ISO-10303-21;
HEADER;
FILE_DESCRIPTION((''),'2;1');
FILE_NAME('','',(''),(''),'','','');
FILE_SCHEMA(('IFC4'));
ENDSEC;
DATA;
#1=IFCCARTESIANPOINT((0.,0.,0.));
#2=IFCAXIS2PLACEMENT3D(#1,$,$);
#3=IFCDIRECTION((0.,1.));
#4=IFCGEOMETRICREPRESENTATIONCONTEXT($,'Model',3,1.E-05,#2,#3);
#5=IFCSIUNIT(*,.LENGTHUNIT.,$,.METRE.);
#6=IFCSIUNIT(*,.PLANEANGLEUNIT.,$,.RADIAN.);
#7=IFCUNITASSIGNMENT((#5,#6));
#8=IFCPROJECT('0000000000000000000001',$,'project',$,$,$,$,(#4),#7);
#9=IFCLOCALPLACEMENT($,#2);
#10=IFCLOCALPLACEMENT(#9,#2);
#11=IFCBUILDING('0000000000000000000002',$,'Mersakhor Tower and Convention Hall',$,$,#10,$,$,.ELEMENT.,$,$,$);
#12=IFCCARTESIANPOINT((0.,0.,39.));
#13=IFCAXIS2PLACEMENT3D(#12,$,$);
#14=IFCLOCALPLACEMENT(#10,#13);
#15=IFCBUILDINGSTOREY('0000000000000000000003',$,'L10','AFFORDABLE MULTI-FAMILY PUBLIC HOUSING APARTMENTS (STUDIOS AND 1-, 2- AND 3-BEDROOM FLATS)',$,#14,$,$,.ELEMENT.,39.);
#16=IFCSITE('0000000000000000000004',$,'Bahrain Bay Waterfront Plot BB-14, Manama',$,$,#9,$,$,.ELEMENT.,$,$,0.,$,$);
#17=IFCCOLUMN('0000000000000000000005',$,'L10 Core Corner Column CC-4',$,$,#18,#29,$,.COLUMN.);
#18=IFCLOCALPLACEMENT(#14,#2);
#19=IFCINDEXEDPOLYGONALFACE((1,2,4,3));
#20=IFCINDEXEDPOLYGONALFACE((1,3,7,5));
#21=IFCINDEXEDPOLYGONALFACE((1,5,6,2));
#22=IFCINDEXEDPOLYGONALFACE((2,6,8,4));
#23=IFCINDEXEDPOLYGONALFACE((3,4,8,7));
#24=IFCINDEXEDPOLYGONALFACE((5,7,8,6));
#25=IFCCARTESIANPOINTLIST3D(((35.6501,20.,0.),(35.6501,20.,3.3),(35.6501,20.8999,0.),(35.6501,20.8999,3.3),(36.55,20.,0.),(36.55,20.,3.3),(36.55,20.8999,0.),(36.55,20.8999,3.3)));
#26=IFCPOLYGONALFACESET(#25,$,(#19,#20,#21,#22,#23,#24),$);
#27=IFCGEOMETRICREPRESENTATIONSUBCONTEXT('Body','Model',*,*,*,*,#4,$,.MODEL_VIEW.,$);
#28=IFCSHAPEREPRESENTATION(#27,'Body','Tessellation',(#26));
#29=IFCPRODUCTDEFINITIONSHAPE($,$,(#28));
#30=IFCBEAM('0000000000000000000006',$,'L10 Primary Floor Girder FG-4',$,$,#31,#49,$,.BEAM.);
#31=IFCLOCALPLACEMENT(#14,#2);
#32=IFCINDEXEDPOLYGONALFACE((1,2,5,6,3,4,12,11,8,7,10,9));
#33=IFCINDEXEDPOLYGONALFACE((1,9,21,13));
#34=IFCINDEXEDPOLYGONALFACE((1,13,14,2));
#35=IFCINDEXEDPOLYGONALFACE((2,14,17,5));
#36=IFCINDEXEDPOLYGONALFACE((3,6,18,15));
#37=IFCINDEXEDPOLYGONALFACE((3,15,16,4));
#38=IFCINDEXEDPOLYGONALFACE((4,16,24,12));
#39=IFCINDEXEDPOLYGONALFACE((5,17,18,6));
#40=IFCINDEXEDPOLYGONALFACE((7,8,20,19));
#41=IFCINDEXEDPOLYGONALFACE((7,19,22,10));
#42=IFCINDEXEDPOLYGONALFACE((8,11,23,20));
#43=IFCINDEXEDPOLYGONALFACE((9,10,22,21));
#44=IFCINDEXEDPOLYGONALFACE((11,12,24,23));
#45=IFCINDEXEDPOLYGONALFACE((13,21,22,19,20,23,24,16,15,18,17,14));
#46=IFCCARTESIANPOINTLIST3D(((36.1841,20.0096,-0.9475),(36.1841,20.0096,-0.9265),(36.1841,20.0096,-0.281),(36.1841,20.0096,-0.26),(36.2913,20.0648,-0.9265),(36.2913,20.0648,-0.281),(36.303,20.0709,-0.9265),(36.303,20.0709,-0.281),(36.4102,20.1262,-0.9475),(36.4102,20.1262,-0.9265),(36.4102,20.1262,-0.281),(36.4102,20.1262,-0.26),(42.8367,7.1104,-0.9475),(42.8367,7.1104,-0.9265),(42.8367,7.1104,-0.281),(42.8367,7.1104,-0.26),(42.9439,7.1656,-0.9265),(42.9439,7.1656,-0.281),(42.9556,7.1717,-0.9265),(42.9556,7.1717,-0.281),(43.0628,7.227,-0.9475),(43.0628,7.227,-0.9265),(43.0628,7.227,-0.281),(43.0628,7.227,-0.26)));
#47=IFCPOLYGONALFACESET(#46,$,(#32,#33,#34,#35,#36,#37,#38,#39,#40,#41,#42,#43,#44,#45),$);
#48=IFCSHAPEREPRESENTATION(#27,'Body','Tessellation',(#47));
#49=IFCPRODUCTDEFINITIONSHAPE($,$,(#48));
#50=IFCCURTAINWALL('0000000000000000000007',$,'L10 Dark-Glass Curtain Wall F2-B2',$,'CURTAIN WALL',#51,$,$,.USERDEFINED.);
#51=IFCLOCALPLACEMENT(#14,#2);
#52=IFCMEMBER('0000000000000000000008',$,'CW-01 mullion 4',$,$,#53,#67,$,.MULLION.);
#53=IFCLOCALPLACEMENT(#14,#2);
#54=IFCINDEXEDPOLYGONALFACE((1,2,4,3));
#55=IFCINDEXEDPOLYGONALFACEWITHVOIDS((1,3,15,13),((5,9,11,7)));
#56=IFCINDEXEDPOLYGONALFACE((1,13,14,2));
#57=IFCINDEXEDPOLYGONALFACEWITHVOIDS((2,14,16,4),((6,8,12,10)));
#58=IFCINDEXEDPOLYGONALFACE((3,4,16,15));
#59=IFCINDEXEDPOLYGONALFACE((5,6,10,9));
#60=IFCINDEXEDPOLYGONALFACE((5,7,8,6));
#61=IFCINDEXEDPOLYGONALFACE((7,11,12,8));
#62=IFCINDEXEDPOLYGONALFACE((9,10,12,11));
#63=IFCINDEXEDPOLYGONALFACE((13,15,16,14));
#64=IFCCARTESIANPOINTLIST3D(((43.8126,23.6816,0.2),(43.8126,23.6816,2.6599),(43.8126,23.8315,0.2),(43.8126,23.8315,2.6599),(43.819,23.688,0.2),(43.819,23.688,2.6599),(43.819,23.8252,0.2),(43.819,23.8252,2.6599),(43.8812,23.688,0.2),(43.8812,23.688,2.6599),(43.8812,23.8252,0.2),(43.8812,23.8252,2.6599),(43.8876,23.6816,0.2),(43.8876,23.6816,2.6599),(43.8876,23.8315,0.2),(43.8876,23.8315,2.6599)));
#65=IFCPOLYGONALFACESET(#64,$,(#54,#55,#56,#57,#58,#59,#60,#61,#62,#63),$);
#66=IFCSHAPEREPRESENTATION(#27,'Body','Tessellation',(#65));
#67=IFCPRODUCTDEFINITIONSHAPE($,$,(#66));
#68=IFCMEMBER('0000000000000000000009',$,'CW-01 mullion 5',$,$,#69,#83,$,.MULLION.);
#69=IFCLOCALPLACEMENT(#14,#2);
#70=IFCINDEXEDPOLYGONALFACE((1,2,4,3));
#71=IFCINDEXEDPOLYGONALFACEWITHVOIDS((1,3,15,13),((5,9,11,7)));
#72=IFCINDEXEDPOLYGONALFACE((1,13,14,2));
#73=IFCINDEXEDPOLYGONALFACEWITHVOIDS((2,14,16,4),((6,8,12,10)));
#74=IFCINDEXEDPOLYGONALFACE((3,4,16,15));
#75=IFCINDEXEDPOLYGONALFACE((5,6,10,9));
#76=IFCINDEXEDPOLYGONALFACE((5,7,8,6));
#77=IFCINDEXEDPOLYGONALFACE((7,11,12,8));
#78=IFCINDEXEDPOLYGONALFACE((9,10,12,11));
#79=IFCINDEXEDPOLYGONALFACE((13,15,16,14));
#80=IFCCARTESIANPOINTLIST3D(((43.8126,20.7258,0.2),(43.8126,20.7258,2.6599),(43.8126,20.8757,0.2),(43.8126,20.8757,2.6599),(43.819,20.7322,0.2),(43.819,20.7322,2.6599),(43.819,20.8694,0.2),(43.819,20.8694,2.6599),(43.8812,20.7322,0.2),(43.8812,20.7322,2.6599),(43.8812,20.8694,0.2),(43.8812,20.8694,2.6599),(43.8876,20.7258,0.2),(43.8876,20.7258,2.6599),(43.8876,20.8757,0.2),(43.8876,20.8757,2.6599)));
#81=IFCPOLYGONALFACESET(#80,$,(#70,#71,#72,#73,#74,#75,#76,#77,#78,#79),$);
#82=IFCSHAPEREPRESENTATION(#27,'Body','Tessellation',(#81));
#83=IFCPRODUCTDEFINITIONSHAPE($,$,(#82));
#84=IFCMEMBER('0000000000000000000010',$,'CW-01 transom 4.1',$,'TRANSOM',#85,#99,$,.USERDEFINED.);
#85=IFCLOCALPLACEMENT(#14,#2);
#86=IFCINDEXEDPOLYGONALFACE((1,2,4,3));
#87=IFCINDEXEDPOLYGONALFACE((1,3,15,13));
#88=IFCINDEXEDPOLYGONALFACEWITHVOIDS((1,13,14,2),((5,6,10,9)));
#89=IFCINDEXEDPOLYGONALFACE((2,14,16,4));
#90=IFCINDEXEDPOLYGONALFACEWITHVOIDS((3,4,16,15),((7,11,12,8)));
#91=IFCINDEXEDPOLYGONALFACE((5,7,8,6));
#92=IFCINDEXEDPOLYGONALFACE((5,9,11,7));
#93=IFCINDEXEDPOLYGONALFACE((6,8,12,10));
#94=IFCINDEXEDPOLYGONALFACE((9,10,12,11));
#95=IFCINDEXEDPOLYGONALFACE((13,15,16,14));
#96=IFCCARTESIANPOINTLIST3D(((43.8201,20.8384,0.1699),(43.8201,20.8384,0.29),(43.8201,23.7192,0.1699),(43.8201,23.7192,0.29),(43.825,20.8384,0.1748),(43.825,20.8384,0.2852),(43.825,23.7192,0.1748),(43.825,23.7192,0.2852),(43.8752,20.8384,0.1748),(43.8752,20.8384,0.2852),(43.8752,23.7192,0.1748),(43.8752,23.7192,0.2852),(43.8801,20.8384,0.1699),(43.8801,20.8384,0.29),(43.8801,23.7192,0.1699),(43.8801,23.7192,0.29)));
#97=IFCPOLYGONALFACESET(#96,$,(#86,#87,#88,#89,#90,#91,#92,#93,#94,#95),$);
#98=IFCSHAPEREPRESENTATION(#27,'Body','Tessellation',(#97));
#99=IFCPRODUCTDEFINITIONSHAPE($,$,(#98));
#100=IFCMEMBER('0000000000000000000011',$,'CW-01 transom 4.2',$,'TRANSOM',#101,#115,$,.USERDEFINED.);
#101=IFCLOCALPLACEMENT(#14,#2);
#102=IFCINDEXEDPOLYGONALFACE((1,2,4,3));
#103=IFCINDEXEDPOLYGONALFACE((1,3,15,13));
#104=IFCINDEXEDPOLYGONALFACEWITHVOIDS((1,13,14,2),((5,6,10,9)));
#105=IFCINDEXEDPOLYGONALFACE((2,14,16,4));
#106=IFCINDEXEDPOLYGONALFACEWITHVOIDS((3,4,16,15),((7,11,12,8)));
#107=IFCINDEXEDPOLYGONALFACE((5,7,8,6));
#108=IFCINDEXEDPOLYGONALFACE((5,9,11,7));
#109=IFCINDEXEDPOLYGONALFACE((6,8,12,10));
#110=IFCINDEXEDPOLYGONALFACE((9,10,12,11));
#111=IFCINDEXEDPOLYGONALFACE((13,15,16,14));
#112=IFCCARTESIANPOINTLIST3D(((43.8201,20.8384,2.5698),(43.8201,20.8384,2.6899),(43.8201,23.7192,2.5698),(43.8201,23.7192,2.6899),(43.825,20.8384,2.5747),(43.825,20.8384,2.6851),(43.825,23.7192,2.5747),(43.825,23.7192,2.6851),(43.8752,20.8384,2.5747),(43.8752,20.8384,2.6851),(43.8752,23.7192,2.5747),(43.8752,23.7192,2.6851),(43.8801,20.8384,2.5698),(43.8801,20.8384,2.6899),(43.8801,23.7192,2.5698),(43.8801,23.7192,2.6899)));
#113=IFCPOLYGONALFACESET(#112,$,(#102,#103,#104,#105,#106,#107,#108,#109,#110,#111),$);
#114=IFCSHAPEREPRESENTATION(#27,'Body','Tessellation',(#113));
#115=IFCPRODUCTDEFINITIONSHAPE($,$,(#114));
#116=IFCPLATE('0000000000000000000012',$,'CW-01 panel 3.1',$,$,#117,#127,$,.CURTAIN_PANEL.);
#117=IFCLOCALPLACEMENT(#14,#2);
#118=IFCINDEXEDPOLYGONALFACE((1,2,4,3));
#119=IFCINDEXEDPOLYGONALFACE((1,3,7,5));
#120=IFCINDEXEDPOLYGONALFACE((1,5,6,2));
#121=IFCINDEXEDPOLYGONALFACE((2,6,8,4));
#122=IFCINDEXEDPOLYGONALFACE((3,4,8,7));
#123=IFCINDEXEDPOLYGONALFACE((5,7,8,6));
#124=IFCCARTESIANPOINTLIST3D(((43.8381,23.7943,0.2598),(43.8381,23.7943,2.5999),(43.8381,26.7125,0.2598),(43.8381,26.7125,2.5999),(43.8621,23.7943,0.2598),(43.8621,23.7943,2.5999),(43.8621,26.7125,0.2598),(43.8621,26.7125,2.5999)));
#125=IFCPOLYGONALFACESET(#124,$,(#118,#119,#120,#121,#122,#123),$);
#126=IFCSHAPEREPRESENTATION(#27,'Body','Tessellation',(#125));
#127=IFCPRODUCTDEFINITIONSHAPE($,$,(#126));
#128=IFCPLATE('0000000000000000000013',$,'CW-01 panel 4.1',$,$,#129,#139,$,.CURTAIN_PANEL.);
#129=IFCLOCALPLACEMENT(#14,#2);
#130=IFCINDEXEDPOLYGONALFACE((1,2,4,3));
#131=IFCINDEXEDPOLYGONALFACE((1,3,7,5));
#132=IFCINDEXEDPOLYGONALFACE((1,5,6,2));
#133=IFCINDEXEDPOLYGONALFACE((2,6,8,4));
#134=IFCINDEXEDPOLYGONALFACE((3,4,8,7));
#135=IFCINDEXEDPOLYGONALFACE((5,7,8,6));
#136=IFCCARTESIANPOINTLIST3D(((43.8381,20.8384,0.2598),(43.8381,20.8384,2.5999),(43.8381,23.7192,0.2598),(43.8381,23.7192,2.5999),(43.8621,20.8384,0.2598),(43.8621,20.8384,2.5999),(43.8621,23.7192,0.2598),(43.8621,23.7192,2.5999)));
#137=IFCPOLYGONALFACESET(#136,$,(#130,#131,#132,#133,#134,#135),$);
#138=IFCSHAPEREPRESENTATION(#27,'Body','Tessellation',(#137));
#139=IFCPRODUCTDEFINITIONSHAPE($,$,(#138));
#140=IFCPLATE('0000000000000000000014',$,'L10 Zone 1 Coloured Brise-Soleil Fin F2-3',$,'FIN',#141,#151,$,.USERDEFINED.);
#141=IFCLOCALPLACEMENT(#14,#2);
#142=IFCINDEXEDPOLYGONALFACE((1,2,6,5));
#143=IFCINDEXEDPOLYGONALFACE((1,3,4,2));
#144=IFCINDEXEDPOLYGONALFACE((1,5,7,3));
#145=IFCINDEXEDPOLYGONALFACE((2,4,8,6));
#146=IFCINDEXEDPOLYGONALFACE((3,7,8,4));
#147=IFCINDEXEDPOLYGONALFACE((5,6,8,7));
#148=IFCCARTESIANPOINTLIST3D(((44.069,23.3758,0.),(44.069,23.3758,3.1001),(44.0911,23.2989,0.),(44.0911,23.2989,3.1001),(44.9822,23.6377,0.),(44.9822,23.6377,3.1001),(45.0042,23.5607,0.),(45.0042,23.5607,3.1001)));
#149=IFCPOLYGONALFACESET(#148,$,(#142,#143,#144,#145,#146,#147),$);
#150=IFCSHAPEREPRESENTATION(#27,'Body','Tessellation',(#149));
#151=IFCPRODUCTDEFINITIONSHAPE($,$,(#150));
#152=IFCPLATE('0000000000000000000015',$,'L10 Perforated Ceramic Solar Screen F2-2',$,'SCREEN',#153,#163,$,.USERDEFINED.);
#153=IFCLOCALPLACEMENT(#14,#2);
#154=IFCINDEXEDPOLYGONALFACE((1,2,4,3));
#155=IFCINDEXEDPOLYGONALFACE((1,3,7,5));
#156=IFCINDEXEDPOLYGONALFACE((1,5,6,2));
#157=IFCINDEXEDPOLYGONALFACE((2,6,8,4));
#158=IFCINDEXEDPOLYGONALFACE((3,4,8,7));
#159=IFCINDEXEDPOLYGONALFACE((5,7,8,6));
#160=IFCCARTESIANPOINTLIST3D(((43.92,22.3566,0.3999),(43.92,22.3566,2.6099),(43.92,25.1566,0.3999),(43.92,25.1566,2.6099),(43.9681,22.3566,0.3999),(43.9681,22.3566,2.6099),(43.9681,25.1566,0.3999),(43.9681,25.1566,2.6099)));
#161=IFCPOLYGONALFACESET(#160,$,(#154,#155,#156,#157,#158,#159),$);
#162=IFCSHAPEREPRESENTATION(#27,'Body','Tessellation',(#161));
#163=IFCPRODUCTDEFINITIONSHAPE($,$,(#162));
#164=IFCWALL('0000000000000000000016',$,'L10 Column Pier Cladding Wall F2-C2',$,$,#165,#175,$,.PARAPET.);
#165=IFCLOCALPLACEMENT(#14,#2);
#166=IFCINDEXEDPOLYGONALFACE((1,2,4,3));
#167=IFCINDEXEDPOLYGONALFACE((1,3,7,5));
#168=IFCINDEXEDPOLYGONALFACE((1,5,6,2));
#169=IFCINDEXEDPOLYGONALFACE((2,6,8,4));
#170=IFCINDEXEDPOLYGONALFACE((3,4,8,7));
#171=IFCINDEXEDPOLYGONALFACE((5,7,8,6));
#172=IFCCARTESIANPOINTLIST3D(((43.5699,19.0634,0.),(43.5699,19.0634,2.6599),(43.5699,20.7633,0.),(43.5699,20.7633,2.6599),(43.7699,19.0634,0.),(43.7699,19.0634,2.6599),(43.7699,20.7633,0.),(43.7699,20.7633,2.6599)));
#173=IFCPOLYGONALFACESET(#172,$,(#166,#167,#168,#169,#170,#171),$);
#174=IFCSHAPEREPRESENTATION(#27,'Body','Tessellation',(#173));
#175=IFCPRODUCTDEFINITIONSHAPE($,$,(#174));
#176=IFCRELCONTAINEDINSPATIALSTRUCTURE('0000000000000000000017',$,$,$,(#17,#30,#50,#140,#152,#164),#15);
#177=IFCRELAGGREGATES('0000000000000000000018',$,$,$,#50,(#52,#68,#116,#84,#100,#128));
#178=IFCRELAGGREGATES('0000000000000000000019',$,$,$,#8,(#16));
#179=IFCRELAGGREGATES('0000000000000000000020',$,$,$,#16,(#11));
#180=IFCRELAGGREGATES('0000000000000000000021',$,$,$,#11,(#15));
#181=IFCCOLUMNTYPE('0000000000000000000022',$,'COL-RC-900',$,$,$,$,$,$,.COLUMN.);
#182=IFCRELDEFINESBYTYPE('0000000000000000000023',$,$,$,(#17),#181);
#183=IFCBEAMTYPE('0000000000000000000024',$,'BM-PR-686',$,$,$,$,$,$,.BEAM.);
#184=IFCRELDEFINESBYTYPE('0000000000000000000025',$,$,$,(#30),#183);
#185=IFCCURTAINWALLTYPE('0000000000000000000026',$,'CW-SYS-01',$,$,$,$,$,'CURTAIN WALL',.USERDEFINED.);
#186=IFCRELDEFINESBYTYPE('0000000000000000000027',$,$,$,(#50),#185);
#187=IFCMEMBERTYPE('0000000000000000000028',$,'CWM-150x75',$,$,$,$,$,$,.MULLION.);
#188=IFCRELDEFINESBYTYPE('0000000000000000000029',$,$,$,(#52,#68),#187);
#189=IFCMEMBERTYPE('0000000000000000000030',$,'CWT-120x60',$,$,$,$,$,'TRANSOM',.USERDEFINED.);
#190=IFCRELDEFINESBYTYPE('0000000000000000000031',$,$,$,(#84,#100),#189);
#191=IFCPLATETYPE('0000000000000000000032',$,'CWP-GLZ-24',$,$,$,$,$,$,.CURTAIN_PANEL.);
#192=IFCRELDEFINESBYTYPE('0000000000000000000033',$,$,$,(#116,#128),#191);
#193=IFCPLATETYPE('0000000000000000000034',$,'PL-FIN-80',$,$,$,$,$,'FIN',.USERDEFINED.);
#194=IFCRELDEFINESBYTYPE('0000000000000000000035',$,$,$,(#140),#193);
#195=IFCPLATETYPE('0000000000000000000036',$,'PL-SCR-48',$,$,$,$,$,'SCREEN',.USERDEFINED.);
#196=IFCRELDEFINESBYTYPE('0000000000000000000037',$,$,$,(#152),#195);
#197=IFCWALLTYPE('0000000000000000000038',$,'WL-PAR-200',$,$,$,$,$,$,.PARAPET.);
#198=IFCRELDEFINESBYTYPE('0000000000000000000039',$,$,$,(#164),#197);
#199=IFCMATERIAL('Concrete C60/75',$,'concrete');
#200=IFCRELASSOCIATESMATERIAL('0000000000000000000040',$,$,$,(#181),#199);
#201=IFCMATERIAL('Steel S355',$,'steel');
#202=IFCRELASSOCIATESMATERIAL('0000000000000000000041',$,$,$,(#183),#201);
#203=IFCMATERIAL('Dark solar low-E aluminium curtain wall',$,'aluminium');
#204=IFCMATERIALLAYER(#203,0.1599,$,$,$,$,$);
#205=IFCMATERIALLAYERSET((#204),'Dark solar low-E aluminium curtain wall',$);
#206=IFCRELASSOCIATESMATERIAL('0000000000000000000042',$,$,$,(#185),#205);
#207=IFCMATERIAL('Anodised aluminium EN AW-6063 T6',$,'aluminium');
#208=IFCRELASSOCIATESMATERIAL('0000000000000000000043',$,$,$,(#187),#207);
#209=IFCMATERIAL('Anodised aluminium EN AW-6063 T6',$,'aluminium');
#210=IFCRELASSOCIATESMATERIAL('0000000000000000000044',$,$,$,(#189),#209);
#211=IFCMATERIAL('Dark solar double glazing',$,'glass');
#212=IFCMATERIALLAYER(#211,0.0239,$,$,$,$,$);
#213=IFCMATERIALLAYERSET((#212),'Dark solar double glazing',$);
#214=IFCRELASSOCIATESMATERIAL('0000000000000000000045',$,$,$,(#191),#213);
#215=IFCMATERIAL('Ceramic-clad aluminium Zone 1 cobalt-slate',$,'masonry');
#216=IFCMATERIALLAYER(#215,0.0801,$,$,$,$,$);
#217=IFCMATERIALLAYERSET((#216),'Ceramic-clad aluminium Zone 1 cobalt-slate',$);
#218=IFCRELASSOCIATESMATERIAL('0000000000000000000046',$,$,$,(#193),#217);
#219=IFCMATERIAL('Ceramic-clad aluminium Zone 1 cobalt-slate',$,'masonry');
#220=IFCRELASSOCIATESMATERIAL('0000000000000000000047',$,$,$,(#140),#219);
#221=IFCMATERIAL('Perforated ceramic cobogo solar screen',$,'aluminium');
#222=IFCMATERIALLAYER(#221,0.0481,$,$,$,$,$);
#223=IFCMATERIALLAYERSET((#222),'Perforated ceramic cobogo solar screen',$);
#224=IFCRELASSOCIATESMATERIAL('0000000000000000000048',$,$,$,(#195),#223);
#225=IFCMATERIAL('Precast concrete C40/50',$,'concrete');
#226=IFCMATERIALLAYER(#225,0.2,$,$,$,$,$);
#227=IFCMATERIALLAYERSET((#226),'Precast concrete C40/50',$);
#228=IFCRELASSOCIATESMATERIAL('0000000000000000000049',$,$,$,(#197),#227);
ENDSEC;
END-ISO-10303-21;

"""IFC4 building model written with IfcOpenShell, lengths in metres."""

from ifc_helpers import new_model, si_unit, direction, frame, frame_2d, origin, origin_2d, place, context, subcontext, project, spatial, rectangle, hollow_rectangle, i_section, extrude, material, layer, layer_set, material_profile, profile_set, type_object, element, aggregate, save


model = new_model("IFC4")

# Units and contexts
model_context = context("Model", 3, precision=1e-05, world=origin(), true_north=direction((0.0, 1.0)))
body_context = subcontext(model_context, "Body", "Model", "MODEL_VIEW")
ifc_project = project(units=[si_unit("LENGTHUNIT", "METRE"), si_unit("PLANEANGLEUNIT", "RADIAN")], contexts=[model_context])

# Site, building, storey
site_placement = place(None, origin())
site = spatial("IfcSite", under=ifc_project, at=site_placement, Name="Bahrain Bay Waterfront Plot BB-14, Manama", CompositionType="ELEMENT", RefElevation=0.0)
building_placement = place(site_placement, origin())
building = spatial("IfcBuilding", under=site, at=building_placement, Name="Mersakhor Tower and Convention Hall", CompositionType="ELEMENT")
storey_placement = place(building_placement, frame((0.0, 0.0, 39.0)))
storey = spatial("IfcBuildingStorey", under=building, at=storey_placement, Name="L10", Description="AFFORDABLE MULTI-FAMILY PUBLIC HOUSING APARTMENTS (STUDIOS AND 1-, 2- AND 3-BEDROOM FLATS)", CompositionType="ELEMENT", Elevation=39.0)

# Column
ifc_material_1 = material(Name="Concrete C60/75", Category="concrete")
ifc_material_profile_1 = material_profile(ifc_material_1, rectangle(XDim=0.8999, YDim=0.8999, at=origin_2d()), Name="RC 900x900")
ifc_profile_set_1 = profile_set([ifc_material_profile_1], Name="Concrete C60/75")
column_type = type_object("IfcColumnType", Name="COL-RC-900", PredefinedType="COLUMN", material=ifc_profile_set_1)
column_placement = place(storey_placement, frame((36.1001, 20.45, 0.0), z_axis=(0.0, 0.0, 1.0), x_axis=(1.0, 0.0, 0.0)))
element("IfcColumn", 1, at=column_placement, inside=storey, type_object=column_type, Name="L10 Core Corner Column CC-4", PredefinedType="COLUMN", context=body_context, shape_type="SweptSolid", body=[
    extrude(rectangle(XDim=0.8999, YDim=0.8999, at=origin_2d()), origin(), (0.0, 0.0, 1.0), 3.3),
])

# Beam
ifc_material_2 = material(Name="Steel S355", Category="steel")
ifc_material_profile_2 = material_profile(ifc_material_2, i_section(OverallWidth=0.2544, OverallDepth=0.6875, WebThickness=0.0132, FlangeThickness=0.021, at=origin_2d()), Name="UB 686x254x152")
ifc_profile_set_2 = profile_set([ifc_material_profile_2], Name="Steel S355")
beam_type = type_object("IfcBeamType", Name="BM-PR-686", PredefinedType="BEAM", material=ifc_profile_set_2)
beam_placement = place(storey_placement, frame((36.2971, 20.0679, -0.6038), z_axis=(0.458368, -0.888762, 0.0), x_axis=(0.888762, 0.458368, 0.0)))
element("IfcBeam", 2, at=beam_placement, inside=storey, type_object=beam_type, Name="L10 Primary Floor Girder FG-4", PredefinedType="BEAM", context=body_context, shape_type="SweptSolid", body=[
    extrude(i_section(OverallWidth=0.2544, OverallDepth=0.6875, WebThickness=0.0132, FlangeThickness=0.021, at=origin_2d()), origin(), (0.0, 0.0, 1.0), 14.5137),
])

# Curtain wall, members, plates
ifc_material_3 = material(Name="Dark solar low-E aluminium curtain wall", Category="aluminium")
ifc_layer_1 = layer(ifc_material_3, 0.1599)
ifc_layer_set_1 = layer_set([ifc_layer_1], Name="Dark solar low-E aluminium curtain wall")
curtain_wall_type = type_object("IfcCurtainWallType", Name="CW-SYS-01", ElementType="CURTAIN WALL", PredefinedType="USERDEFINED", material=ifc_layer_set_1)
curtain_wall_placement = place(storey_placement, origin())
curtain_wall = element("IfcCurtainWall", 3, at=curtain_wall_placement, inside=storey, type_object=curtain_wall_type, Name="L10 Dark-Glass Curtain Wall F2-B2", ObjectType="CURTAIN WALL", PredefinedType="USERDEFINED")
ifc_material_4 = material(Name="Anodised aluminium EN AW-6063 T6", Category="aluminium")
ifc_material_profile_3 = material_profile(ifc_material_4, hollow_rectangle(XDim=0.075, YDim=0.1499, WallThickness=0.0063, at=origin_2d()), Name="RHS 150x75x6.3")
ifc_profile_set_3 = profile_set([ifc_material_profile_3], Name="Anodised aluminium EN AW-6063 T6")
member_type_1 = type_object("IfcMemberType", Name="CWM-150x75", PredefinedType="MULLION", material=ifc_profile_set_3)
member_1_placement = place(storey_placement, frame((43.8501, 23.7566, 0.2), z_axis=(0.0, 0.0, 1.0), x_axis=(1.0, 0.0, 0.0)))
member_1 = element("IfcMember", 4, at=member_1_placement, type_object=member_type_1, Name="CW-01 mullion 4", PredefinedType="MULLION", context=body_context, shape_type="SweptSolid", body=[
    extrude(hollow_rectangle(XDim=0.075, YDim=0.1499, WallThickness=0.0063, at=origin_2d()), origin(), (0.0, 0.0, 1.0), 2.46),
])
member_2_placement = place(storey_placement, frame((43.8501, 20.8008, 0.2), z_axis=(0.0, 0.0, 1.0), x_axis=(1.0, 0.0, 0.0)))
member_2 = element("IfcMember", 5, at=member_2_placement, type_object=member_type_1, Name="CW-01 mullion 5", PredefinedType="MULLION", context=body_context, shape_type="SweptSolid", body=[
    extrude(hollow_rectangle(XDim=0.075, YDim=0.1499, WallThickness=0.0063, at=origin_2d()), origin(), (0.0, 0.0, 1.0), 2.46),
])
ifc_material_5 = material(Name="Anodised aluminium EN AW-6063 T6", Category="aluminium")
ifc_material_profile_4 = material_profile(ifc_material_5, hollow_rectangle(XDim=0.0601, YDim=0.1201, WallThickness=0.0049, at=origin_2d()), Name="RHS 120x60x5")
ifc_profile_set_4 = profile_set([ifc_material_profile_4], Name="Anodised aluminium EN AW-6063 T6")
member_type_2 = type_object("IfcMemberType", Name="CWT-120x60", ElementType="TRANSOM", PredefinedType="USERDEFINED", material=ifc_profile_set_4)
member_3_placement = place(storey_placement, frame((43.8501, 23.7192, 0.23), z_axis=(0.0, -1.0, 0.0), x_axis=(1.0, 0.0, 0.0)))
member_3 = element("IfcMember", 6, at=member_3_placement, type_object=member_type_2, Name="CW-01 transom 4.1", ObjectType="TRANSOM", PredefinedType="USERDEFINED", context=body_context, shape_type="SweptSolid", body=[
    extrude(hollow_rectangle(XDim=0.0601, YDim=0.1201, WallThickness=0.0049, at=origin_2d()), origin(), (0.0, 0.0, 1.0), 2.8809),
])
member_4_placement = place(storey_placement, frame((43.8501, 23.7192, 2.6299), z_axis=(0.0, -1.0, 0.0), x_axis=(1.0, 0.0, 0.0)))
member_4 = element("IfcMember", 7, at=member_4_placement, type_object=member_type_2, Name="CW-01 transom 4.2", ObjectType="TRANSOM", PredefinedType="USERDEFINED", context=body_context, shape_type="SweptSolid", body=[
    extrude(hollow_rectangle(XDim=0.0601, YDim=0.1201, WallThickness=0.0049, at=origin_2d()), origin(), (0.0, 0.0, 1.0), 2.8809),
])
ifc_material_6 = material(Name="Dark solar double glazing", Category="glass")
ifc_layer_2 = layer(ifc_material_6, 0.0239)
ifc_layer_set_2 = layer_set([ifc_layer_2], Name="Dark solar double glazing")
plate_type_1 = type_object("IfcPlateType", Name="CWP-GLZ-24", PredefinedType="CURTAIN_PANEL", material=ifc_layer_set_2)
plate_1_placement = place(storey_placement, frame((43.8501, 25.2534, 0.2598), z_axis=(0.0, 0.0, 1.0), x_axis=(0.0, -1.0, 0.0)))
plate_1 = element("IfcPlate", 8, at=plate_1_placement, type_object=plate_type_1, Name="CW-01 panel 3.1", PredefinedType="CURTAIN_PANEL", context=body_context, shape_type="SweptSolid", body=[
    extrude(rectangle(XDim=2.9182, YDim=0.0239, at=origin_2d()), origin(), (0.0, 0.0, 1.0), 2.3401),
])
plate_2_placement = place(storey_placement, frame((43.8501, 22.2788, 0.2598), z_axis=(0.0, 0.0, 1.0), x_axis=(0.0, -1.0, 0.0)))
plate_2 = element("IfcPlate", 9, at=plate_2_placement, type_object=plate_type_1, Name="CW-01 panel 4.1", PredefinedType="CURTAIN_PANEL", context=body_context, shape_type="SweptSolid", body=[
    extrude(rectangle(XDim=2.8809, YDim=0.0239, at=origin_2d()), origin(), (0.0, 0.0, 1.0), 2.3401),
])
aggregate(curtain_wall, [member_1, member_2, plate_1, member_3, member_4, plate_2])

# Plates
ifc_material_7 = material(Name="Ceramic-clad aluminium Zone 1 cobalt-slate", Category="masonry")
ifc_material_8 = material(Name="Ceramic-clad aluminium Zone 1 cobalt-slate", Category="masonry")
ifc_layer_3 = layer(ifc_material_8, 0.0801)
ifc_layer_set_3 = layer_set([ifc_layer_3], Name="Ceramic-clad aluminium Zone 1 cobalt-slate")
plate_type_2 = type_object("IfcPlateType", Name="PL-FIN-80", ElementType="FIN", PredefinedType="USERDEFINED", material=ifc_layer_set_3)
plate_3_placement = place(storey_placement, frame((44.5366, 23.4683, 0.0), z_axis=(0.0, 0.0, 1.0), x_axis=(0.961262, 0.275637, 0.0)))
element("IfcPlate", 10, at=plate_3_placement, inside=storey, type_object=plate_type_2, material=ifc_material_7, Name="L10 Zone 1 Coloured Brise-Soleil Fin F2-3", ObjectType="FIN", PredefinedType="USERDEFINED", context=body_context, shape_type="SweptSolid", body=[
    extrude(rectangle(XDim=0.95, YDim=0.0801, at=origin_2d()), origin(), (0.0, 0.0, 1.0), 3.1001),
])
ifc_material_9 = material(Name="Perforated ceramic cobogo solar screen", Category="aluminium")
ifc_layer_4 = layer(ifc_material_9, 0.0481)
ifc_layer_set_4 = layer_set([ifc_layer_4], Name="Perforated ceramic cobogo solar screen")
plate_type_3 = type_object("IfcPlateType", Name="PL-SCR-48", ElementType="SCREEN", PredefinedType="USERDEFINED", material=ifc_layer_set_4)
plate_4_placement = place(storey_placement, frame((43.9441, 23.7566, 0.3999), z_axis=(0.0, 0.0, 1.0), x_axis=(0.0, -1.0, 0.0)))
element("IfcPlate", 11, at=plate_4_placement, inside=storey, type_object=plate_type_3, Name="L10 Perforated Ceramic Solar Screen F2-2", ObjectType="SCREEN", PredefinedType="USERDEFINED", context=body_context, shape_type="SweptSolid", body=[
    extrude(rectangle(XDim=2.8, YDim=0.0481, at=origin_2d()), origin(), (0.0, 0.0, 1.0), 2.21),
])

# Wall
ifc_material_10 = material(Name="Precast concrete C40/50", Category="concrete")
ifc_layer_5 = layer(ifc_material_10, 0.2)
ifc_layer_set_5 = layer_set([ifc_layer_5], Name="Precast concrete C40/50")
wall_type_1 = type_object("IfcWallType", Name="WL-PAR-200", PredefinedType="PARAPET", material=ifc_layer_set_5)
wall_1_placement = place(storey_placement, frame((43.6699, 20.7634, 0.0), z_axis=(0.0, 0.0, 1.0), x_axis=(0.0, -1.0, 0.0)))
element("IfcWall", 12, at=wall_1_placement, inside=storey, type_object=wall_type_1, Name="L10 Column Pier Cladding Wall F2-C2", PredefinedType="PARAPET", context=body_context, shape_type="SweptSolid", body=[
    extrude(rectangle(XDim=1.7, YDim=0.2, at=frame_2d((0.8501, 0.0))), origin(), (0.0, 0.0, 1.0), 2.6599),
])

save(model, "model.ifc")
